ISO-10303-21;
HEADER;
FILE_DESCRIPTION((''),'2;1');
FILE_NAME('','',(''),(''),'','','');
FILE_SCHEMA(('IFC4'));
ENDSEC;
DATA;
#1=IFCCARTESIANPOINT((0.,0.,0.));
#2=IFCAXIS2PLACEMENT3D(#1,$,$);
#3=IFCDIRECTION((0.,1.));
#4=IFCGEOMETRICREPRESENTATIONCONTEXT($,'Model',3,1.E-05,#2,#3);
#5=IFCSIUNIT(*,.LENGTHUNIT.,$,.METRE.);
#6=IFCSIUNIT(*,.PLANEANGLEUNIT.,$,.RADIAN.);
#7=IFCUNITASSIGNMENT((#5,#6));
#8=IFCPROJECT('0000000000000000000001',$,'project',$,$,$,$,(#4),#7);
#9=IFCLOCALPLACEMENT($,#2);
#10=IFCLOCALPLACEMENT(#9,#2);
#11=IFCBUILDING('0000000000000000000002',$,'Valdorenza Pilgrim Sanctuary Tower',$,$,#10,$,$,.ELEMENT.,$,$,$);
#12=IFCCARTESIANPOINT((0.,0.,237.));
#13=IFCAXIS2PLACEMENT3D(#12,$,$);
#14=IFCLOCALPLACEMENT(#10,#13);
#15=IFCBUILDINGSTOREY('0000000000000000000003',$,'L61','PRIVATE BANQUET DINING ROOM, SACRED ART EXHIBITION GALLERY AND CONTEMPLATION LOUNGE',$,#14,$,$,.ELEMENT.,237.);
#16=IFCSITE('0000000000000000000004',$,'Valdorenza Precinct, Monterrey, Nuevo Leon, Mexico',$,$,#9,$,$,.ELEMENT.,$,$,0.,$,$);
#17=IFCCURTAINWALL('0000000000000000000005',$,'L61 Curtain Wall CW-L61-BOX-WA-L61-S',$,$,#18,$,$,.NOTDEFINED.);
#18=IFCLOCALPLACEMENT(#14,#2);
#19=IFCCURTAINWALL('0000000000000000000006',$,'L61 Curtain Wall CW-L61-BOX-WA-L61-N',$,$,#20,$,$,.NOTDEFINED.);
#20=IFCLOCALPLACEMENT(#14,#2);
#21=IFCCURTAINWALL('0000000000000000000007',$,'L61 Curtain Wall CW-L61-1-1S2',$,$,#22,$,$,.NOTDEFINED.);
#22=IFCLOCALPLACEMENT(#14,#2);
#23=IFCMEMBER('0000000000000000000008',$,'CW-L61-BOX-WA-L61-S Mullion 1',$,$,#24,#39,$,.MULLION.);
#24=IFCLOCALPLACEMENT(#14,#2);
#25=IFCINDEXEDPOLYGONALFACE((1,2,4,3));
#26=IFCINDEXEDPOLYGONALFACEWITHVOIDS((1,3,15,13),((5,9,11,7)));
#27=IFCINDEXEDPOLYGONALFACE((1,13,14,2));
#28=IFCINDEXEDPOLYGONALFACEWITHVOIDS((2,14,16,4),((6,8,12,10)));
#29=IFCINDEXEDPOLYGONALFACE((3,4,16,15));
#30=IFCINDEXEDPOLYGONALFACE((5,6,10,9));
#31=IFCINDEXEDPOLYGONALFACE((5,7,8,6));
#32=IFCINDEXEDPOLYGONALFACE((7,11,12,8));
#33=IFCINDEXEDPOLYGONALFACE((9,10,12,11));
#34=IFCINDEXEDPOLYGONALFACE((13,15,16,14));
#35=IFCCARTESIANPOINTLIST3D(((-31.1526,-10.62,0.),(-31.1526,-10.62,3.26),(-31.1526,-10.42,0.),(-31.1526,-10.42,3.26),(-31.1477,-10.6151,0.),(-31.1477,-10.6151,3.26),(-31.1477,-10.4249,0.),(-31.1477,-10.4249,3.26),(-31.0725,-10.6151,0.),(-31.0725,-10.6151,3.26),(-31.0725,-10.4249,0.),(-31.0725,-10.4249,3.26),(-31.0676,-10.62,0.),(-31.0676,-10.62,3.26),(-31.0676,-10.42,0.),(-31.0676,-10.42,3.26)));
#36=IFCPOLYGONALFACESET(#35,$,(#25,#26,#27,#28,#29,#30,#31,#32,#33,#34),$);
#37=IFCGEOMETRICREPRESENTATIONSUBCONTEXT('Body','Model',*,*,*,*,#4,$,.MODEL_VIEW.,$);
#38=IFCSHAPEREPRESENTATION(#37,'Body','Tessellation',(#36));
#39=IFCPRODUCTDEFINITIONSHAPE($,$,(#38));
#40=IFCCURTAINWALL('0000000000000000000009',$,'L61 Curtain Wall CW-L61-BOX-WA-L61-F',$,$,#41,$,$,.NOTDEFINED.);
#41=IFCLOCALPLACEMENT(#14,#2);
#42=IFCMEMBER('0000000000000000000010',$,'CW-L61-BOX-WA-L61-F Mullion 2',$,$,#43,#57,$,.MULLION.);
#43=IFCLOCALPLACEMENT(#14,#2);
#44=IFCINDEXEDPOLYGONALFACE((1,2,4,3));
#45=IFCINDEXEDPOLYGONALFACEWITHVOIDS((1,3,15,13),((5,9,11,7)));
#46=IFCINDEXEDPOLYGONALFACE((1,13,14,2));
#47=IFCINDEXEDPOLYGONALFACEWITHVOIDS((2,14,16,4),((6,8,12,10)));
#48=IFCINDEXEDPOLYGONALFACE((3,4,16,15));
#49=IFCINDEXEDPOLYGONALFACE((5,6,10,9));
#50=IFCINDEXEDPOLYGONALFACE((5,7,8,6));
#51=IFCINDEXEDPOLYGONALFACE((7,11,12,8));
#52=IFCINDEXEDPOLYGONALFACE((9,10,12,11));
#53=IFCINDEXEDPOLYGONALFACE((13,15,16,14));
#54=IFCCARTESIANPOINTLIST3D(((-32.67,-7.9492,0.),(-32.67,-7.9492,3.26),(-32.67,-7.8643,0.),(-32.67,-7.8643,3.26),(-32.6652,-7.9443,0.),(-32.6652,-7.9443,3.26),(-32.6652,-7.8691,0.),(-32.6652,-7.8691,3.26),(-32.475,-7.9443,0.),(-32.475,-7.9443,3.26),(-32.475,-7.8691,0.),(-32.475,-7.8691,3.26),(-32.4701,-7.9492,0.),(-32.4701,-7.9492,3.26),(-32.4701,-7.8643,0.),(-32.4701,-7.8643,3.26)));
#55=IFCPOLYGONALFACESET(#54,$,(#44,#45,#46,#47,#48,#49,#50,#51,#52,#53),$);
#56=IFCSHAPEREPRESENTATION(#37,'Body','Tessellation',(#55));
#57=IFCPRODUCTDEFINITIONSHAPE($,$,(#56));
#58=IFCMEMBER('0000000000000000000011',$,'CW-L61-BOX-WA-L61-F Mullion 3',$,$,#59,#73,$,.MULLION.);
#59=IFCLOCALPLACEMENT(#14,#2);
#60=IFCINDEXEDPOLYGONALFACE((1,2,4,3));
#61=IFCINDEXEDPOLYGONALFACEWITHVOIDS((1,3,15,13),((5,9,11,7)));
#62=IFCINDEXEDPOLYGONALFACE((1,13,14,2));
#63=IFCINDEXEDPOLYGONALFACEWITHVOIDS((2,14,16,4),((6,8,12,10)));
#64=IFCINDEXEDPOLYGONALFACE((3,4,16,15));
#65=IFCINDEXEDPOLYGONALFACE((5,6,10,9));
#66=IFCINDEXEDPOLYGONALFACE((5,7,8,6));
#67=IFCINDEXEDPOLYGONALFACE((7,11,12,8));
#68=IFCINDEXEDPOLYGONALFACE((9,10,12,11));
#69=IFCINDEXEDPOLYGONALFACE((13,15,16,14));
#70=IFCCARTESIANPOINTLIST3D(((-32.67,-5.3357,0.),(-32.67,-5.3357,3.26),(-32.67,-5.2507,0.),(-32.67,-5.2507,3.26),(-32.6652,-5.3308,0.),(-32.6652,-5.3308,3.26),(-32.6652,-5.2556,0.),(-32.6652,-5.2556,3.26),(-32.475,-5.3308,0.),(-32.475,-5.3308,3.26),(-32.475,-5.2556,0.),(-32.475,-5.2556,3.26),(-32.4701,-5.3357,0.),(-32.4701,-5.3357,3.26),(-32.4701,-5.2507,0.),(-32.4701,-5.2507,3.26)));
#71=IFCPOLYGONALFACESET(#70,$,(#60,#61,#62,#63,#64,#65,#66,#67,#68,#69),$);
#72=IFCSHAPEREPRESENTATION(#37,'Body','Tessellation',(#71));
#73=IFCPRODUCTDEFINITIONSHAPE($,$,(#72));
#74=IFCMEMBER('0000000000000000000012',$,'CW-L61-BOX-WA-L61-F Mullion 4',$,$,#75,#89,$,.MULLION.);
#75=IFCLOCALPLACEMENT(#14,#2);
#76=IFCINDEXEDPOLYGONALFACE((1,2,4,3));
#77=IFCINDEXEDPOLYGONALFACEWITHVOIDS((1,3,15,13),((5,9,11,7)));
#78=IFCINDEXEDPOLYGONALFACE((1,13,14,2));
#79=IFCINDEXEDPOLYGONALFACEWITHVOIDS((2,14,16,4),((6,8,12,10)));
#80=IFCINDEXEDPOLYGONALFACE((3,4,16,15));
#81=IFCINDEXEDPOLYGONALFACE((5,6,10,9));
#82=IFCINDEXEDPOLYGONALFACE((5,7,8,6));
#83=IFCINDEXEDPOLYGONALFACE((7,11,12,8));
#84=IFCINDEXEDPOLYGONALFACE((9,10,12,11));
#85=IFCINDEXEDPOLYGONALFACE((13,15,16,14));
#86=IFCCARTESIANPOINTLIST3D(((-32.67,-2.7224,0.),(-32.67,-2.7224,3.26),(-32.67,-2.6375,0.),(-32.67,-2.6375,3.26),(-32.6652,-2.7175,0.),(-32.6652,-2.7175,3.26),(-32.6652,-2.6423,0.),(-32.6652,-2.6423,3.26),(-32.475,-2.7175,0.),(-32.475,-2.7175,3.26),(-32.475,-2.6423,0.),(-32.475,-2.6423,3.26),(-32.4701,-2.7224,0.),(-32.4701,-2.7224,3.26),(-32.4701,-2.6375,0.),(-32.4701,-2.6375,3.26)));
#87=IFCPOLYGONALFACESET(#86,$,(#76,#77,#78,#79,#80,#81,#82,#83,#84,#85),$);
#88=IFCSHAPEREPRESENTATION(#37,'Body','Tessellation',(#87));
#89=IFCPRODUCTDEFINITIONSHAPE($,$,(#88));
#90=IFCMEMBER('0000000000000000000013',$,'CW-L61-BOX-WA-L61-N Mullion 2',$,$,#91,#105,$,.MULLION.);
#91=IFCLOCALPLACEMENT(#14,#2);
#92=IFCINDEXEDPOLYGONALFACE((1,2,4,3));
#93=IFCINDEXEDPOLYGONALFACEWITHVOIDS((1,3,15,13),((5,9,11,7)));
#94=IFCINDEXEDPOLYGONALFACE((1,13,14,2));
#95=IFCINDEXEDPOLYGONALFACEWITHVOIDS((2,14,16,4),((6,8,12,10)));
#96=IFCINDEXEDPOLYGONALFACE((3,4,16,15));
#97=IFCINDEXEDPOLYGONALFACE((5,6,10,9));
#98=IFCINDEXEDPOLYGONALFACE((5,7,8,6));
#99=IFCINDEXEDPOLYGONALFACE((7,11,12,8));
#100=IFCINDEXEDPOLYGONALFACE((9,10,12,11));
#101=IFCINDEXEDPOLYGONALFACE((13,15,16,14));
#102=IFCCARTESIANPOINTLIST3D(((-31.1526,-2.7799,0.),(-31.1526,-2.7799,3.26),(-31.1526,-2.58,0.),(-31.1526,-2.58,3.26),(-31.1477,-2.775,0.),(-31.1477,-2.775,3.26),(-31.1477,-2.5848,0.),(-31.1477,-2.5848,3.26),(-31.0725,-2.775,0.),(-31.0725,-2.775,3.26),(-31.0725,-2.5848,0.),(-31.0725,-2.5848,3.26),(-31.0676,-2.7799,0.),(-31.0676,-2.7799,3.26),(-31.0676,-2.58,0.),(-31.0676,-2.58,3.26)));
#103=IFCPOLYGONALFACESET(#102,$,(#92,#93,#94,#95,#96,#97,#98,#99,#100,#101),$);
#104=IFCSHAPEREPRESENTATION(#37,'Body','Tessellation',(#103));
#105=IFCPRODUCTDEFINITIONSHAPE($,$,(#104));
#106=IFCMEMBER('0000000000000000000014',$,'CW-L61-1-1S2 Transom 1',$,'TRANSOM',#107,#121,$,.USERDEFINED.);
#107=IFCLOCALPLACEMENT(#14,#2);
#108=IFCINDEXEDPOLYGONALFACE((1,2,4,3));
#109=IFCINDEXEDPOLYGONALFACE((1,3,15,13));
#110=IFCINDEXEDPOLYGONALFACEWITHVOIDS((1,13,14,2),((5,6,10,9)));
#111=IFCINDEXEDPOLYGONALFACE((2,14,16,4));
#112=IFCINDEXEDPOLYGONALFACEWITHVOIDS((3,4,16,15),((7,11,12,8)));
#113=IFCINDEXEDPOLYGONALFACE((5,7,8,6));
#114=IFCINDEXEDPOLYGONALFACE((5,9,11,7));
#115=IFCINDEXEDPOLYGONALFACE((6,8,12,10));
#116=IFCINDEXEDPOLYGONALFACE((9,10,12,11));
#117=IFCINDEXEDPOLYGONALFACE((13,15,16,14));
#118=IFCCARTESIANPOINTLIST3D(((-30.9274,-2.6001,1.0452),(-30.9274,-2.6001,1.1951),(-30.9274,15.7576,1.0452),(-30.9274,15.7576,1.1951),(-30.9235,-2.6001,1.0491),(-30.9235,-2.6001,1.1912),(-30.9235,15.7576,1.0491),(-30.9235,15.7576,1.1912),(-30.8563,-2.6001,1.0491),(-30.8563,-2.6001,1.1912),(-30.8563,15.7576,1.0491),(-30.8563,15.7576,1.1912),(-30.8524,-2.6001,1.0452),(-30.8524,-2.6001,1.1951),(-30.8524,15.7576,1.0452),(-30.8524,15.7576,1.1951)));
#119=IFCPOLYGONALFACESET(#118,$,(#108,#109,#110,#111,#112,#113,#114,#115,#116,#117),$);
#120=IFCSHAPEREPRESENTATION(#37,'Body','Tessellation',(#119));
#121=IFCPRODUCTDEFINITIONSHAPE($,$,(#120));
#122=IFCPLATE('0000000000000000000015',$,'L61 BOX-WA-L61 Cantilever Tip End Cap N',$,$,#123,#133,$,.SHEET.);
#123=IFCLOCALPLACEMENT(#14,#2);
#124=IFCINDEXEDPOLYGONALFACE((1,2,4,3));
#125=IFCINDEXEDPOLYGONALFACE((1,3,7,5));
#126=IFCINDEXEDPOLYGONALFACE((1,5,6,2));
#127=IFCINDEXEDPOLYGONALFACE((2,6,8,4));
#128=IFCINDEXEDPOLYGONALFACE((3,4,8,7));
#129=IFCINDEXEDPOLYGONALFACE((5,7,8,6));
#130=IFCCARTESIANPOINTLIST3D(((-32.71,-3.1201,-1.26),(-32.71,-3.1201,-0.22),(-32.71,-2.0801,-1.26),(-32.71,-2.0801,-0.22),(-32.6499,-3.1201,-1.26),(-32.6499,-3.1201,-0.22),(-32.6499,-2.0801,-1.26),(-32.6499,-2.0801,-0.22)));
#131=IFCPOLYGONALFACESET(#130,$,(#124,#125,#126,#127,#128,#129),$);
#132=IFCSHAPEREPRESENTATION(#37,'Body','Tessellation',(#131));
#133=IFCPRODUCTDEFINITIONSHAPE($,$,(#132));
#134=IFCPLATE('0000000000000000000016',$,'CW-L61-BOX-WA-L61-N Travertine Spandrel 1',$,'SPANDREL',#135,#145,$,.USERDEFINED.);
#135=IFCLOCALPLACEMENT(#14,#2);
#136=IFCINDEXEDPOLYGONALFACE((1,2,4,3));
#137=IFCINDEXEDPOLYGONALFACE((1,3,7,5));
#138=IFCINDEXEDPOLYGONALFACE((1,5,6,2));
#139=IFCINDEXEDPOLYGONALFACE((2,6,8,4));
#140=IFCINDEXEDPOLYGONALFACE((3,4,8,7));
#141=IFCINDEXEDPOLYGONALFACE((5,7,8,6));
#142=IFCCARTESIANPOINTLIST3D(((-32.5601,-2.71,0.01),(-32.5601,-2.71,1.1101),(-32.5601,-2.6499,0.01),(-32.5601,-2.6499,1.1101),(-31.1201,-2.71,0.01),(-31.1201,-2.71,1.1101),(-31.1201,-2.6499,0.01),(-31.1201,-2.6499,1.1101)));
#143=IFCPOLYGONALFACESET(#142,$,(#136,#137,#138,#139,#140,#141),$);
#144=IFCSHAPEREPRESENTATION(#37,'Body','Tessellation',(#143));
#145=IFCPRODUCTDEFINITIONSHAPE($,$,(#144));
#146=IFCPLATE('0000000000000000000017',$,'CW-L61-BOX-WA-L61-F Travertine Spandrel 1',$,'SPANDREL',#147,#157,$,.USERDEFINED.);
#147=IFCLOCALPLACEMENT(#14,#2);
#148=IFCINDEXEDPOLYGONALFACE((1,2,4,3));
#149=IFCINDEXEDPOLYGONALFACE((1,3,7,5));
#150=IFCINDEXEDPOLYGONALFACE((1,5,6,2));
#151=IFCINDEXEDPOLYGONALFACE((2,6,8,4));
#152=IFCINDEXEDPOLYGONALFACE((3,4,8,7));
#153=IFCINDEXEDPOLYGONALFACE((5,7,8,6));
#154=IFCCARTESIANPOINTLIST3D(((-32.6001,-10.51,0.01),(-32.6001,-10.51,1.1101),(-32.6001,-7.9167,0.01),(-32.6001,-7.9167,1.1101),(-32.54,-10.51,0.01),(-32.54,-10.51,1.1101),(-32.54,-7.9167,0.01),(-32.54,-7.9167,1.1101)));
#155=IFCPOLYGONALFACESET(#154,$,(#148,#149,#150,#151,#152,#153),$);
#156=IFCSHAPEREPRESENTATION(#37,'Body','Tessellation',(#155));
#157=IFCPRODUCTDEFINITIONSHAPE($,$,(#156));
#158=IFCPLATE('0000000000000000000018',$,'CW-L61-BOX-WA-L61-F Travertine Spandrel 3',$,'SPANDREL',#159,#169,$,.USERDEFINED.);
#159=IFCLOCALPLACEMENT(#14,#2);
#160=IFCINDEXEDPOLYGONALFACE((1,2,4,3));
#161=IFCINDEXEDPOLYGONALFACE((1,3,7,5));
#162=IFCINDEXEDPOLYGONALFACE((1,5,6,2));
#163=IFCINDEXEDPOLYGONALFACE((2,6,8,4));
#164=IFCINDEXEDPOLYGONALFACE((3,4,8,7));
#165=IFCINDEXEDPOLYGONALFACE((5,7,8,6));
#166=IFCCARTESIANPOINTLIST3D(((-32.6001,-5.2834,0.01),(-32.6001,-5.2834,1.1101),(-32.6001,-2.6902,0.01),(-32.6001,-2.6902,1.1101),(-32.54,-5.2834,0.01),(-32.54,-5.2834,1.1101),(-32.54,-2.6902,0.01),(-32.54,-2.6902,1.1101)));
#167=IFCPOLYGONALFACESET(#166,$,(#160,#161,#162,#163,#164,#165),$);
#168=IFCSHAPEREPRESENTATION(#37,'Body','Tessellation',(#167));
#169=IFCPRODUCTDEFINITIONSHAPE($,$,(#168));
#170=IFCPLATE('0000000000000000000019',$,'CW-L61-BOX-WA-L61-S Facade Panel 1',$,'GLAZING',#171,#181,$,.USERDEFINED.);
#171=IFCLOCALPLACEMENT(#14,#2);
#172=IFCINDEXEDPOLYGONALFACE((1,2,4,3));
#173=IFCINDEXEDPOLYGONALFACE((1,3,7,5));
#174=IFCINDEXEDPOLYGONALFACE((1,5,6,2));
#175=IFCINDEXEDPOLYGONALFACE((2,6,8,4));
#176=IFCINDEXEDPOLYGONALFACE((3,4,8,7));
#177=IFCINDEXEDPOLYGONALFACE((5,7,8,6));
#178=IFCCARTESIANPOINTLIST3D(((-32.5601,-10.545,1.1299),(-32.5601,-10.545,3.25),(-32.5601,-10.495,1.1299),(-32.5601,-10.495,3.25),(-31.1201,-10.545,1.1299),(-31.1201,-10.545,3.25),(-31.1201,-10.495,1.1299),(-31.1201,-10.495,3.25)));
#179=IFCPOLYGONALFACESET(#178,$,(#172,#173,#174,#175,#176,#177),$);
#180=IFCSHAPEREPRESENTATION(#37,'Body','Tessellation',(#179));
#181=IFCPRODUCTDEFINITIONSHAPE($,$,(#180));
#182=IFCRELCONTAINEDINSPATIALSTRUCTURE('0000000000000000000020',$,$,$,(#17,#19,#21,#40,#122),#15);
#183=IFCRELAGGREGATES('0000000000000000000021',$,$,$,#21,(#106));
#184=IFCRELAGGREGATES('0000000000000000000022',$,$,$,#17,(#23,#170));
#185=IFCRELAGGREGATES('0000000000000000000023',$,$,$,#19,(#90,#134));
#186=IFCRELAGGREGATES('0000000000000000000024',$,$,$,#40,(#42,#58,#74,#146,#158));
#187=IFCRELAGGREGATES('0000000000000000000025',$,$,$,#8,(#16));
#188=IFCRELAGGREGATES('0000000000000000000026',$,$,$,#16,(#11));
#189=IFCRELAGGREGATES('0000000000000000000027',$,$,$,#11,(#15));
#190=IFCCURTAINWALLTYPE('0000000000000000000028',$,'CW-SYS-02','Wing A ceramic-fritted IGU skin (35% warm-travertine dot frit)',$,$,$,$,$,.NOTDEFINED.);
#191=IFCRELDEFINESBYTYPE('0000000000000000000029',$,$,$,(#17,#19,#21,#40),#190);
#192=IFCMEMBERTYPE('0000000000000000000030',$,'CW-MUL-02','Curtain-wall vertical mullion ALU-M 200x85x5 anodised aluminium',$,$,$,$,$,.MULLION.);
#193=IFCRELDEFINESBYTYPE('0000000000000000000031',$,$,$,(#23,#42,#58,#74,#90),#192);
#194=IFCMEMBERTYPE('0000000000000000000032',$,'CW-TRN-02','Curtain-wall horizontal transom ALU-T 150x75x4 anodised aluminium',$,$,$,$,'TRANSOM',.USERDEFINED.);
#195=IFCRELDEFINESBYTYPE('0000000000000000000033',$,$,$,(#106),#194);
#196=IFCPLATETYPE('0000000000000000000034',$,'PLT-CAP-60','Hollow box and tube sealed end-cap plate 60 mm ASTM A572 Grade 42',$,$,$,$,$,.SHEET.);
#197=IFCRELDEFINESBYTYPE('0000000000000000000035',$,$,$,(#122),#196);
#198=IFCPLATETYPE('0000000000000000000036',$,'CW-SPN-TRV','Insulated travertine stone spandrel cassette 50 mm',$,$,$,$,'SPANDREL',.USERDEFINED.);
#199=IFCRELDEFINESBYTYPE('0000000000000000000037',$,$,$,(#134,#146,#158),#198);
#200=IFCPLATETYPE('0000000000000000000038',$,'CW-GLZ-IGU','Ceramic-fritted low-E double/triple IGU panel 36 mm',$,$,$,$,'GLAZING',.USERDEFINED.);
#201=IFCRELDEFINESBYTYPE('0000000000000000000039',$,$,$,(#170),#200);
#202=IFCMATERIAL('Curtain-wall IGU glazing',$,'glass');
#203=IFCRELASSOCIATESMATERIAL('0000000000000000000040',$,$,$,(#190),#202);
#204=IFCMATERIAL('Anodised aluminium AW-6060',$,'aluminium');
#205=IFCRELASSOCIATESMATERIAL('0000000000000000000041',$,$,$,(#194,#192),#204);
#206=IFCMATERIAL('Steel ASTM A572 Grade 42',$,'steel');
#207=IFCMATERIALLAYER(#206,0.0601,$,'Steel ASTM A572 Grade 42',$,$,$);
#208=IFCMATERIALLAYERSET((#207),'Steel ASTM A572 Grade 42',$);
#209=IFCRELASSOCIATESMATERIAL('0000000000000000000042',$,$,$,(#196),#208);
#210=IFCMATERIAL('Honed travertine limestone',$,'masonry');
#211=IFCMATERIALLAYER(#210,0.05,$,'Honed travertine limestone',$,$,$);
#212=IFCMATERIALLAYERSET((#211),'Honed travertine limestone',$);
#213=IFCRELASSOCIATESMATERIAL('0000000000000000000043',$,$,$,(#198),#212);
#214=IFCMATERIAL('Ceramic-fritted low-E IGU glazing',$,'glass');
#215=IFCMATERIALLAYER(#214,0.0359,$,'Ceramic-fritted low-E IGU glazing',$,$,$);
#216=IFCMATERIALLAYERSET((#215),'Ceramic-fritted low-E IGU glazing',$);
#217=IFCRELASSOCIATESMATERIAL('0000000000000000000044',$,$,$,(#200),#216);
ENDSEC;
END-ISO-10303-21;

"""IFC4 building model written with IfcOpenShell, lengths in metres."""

from ifc_helpers import new_model, si_unit, direction, frame, origin, origin_2d, place, context, subcontext, project, spatial, rectangle, hollow_rectangle, extrude, source, transform, mapped, material, layer, layer_set, material_profile, profile_set, type_object, element, aggregate, save


model = new_model("IFC4")

# Units and contexts
model_context = context("Model", 3, precision=1e-05, world=origin(), true_north=direction((0.0, 1.0)))
body_context = subcontext(model_context, "Body", "Model", "MODEL_VIEW")
ifc_project = project(units=[si_unit("LENGTHUNIT", "METRE"), si_unit("PLANEANGLEUNIT", "RADIAN")], contexts=[model_context])

# Site, building, storey
site_placement = place(None, origin())
site = spatial("IfcSite", under=ifc_project, at=site_placement, Name="Valdorenza Precinct, Monterrey, Nuevo Leon, Mexico", CompositionType="ELEMENT", RefElevation=0.0)
building_placement = place(site_placement, origin())
building = spatial("IfcBuilding", under=site, at=building_placement, Name="Valdorenza Pilgrim Sanctuary Tower", CompositionType="ELEMENT")
storey_placement = place(building_placement, frame((0.0, 0.0, 237.0)))
storey = spatial("IfcBuildingStorey", under=building, at=storey_placement, Name="L61", Description="PRIVATE BANQUET DINING ROOM, SACRED ART EXHIBITION GALLERY AND CONTEMPLATION LOUNGE", CompositionType="ELEMENT", Elevation=237.0)

# Shared definitions
ifc_material_1 = material(Name="Steel ASTM A572 Grade 42", Category="steel")

# Curtain walls
ifc_material_2 = material(Name="Curtain-wall IGU glazing", Category="glass")
curtain_wall_type = type_object("IfcCurtainWallType", Name="CW-SYS-02", Description="Wing A ceramic-fritted IGU skin (35% warm-travertine dot frit)", PredefinedType="NOTDEFINED", material=ifc_material_2)
curtain_wall_1_placement = place(storey_placement, origin())
curtain_wall_1 = element("IfcCurtainWall", 1, at=curtain_wall_1_placement, inside=storey, type_object=curtain_wall_type, Name="L61 Curtain Wall CW-L61-BOX-WA-L61-S", PredefinedType="NOTDEFINED")
ifc_material_3 = material(Name="Anodised aluminium AW-6060", Category="aluminium")
ifc_material_profile_1 = material_profile(ifc_material_3, hollow_rectangle(XDim=0.075, YDim=0.1499, WallThickness=0.0039, at=origin_2d()), Name="ALU-T 150x75x4")
ifc_profile_set_1 = profile_set([ifc_material_profile_1], Name="Anodised aluminium AW-6060")
member_type_1 = type_object("IfcMemberType", Name="CW-TRN-02", Description="Curtain-wall horizontal transom ALU-T 150x75x4 anodised aluminium", ElementType="TRANSOM", PredefinedType="USERDEFINED", material=ifc_profile_set_1)
curtain_wall_2_placement = place(storey_placement, origin())
curtain_wall_2 = element("IfcCurtainWall", 2, at=curtain_wall_2_placement, inside=storey, type_object=curtain_wall_type, Name="L61 Curtain Wall CW-L61-BOX-WA-L61-N", PredefinedType="NOTDEFINED")
curtain_wall_3_placement = place(storey_placement, origin())
curtain_wall_3 = element("IfcCurtainWall", 3, at=curtain_wall_3_placement, inside=storey, type_object=curtain_wall_type, Name="L61 Curtain Wall CW-L61-1-1S2", PredefinedType="NOTDEFINED")
ifc_material_profile_2 = material_profile(ifc_material_3, hollow_rectangle(XDim=0.085, YDim=0.2, WallThickness=0.0049, at=origin_2d()), Name="ALU-M 200x85x5")
ifc_profile_set_2 = profile_set([ifc_material_profile_2], Name="Anodised aluminium AW-6060")
member_type_2 = type_object("IfcMemberType", Name="CW-MUL-02", Description="Curtain-wall vertical mullion ALU-M 200x85x5 anodised aluminium", PredefinedType="MULLION", material=ifc_profile_set_2)
shared_shape_1 = source(origin(), body_context, "Body", "SweptSolid", [
    extrude(hollow_rectangle(XDim=0.085, YDim=0.2, WallThickness=0.0049, at=origin_2d()), origin(), (0.0, 0.0, 1.0), 3.26),
])

# Member
member_1_placement = place(storey_placement, frame((-31.1101, -10.52, 0.0), z_axis=(0.0, 0.0, 1.0), x_axis=(-1.0, 0.0, 0.0)))
member_1 = element("IfcMember", 4, at=member_1_placement, type_object=member_type_2, Name="CW-L61-BOX-WA-L61-S Mullion 1", PredefinedType="MULLION", context=body_context, shape_type="MappedRepresentation", body=[
    mapped(shared_shape_1, transform((0.0, 0.0, 0.0), x_axis=(1.0, 0.0, 0.0), y_axis=(0.0, 1.0, 0.0), z_axis=(0.0, 0.0, 1.0), scale=1.0)),
])

# Curtain wall, members
curtain_wall_4_placement = place(storey_placement, origin())
curtain_wall_4 = element("IfcCurtainWall", 5, at=curtain_wall_4_placement, inside=storey, type_object=curtain_wall_type, Name="L61 Curtain Wall CW-L61-BOX-WA-L61-F", PredefinedType="NOTDEFINED")
member_2_placement = place(storey_placement, frame((-32.5701, -7.9067, 0.0), z_axis=(0.0, 0.0, 1.0), x_axis=(0.0, 1.0, 0.0)))
member_2 = element("IfcMember", 6, at=member_2_placement, type_object=member_type_2, Name="CW-L61-BOX-WA-L61-F Mullion 2", PredefinedType="MULLION", context=body_context, shape_type="MappedRepresentation", body=[
    mapped(shared_shape_1, transform((0.0, 0.0, 0.0), x_axis=(1.0, 0.0, 0.0), y_axis=(0.0, 1.0, 0.0), z_axis=(0.0, 0.0, 1.0), scale=1.0)),
])
member_3_placement = place(storey_placement, frame((-32.5701, -5.2932, 0.0), z_axis=(0.0, 0.0, 1.0), x_axis=(0.0, 1.0, 0.0)))
member_3 = element("IfcMember", 7, at=member_3_placement, type_object=member_type_2, Name="CW-L61-BOX-WA-L61-F Mullion 3", PredefinedType="MULLION", context=body_context, shape_type="MappedRepresentation", body=[
    mapped(shared_shape_1, transform((0.0, 0.0, 0.0), x_axis=(1.0, 0.0, 0.0), y_axis=(0.0, 1.0, 0.0), z_axis=(0.0, 0.0, 1.0), scale=1.0)),
])
member_4_placement = place(storey_placement, frame((-32.5701, -2.6799, 0.0), z_axis=(0.0, 0.0, 1.0), x_axis=(0.0, 1.0, 0.0)))
member_4 = element("IfcMember", 8, at=member_4_placement, type_object=member_type_2, Name="CW-L61-BOX-WA-L61-F Mullion 4", PredefinedType="MULLION", context=body_context, shape_type="MappedRepresentation", body=[
    mapped(shared_shape_1, transform((0.0, 0.0, 0.0), x_axis=(1.0, 0.0, 0.0), y_axis=(0.0, 1.0, 0.0), z_axis=(0.0, 0.0, 1.0), scale=1.0)),
])

# Members
member_5_placement = place(storey_placement, frame((-31.1101, -2.6799, 0.0), z_axis=(0.0, 0.0, 1.0), x_axis=(1.0, 0.0, 0.0)))
member_5 = element("IfcMember", 9, at=member_5_placement, type_object=member_type_2, Name="CW-L61-BOX-WA-L61-N Mullion 2", PredefinedType="MULLION", context=body_context, shape_type="MappedRepresentation", body=[
    mapped(shared_shape_1, transform((0.0, 0.0, 0.0), x_axis=(1.0, 0.0, 0.0), y_axis=(0.0, 1.0, 0.0), z_axis=(0.0, 0.0, 1.0), scale=1.0)),
])
shared_shape_2 = source(origin(), body_context, "Body", "SweptSolid", [
    extrude(hollow_rectangle(XDim=0.075, YDim=0.1499, WallThickness=0.0039, at=origin_2d()), origin(), (0.0, 0.0, 1.0), 18.3577),
])
member_6_placement = place(storey_placement, frame((-30.8899, -2.6001, 1.1201), z_axis=(0.0, 1.0, 0.0), x_axis=(-1.0, 0.0, 0.0)))
member_6 = element("IfcMember", 10, at=member_6_placement, type_object=member_type_1, Name="CW-L61-1-1S2 Transom 1", ObjectType="TRANSOM", PredefinedType="USERDEFINED", context=body_context, shape_type="MappedRepresentation", body=[
    mapped(shared_shape_2, transform((0.0, 0.0, 0.0), x_axis=(1.0, 0.0, 0.0), y_axis=(0.0, 1.0, 0.0), z_axis=(0.0, 0.0, 1.0), scale=1.0)),
])
aggregate(curtain_wall_3, [member_6])

# Plates
ifc_layer_1 = layer(ifc_material_1, 0.0601, Name="Steel ASTM A572 Grade 42")
ifc_layer_set_1 = layer_set([ifc_layer_1], Name="Steel ASTM A572 Grade 42")
plate_type_1 = type_object("IfcPlateType", Name="PLT-CAP-60", Description="Hollow box and tube sealed end-cap plate 60 mm ASTM A572 Grade 42", PredefinedType="SHEET", material=ifc_layer_set_1)
shared_shape_3 = source(origin(), body_context, "Body", "SweptSolid", [
    extrude(rectangle(XDim=0.0601, YDim=1.04, at=origin_2d()), origin(), (0.0, 0.0, 1.0), 1.04),
])
plate_1_placement = place(storey_placement, frame((-32.6799, -2.6001, -1.26), z_axis=(0.0, 0.0, 1.0), x_axis=(1.0, 0.0, 0.0)))
element("IfcPlate", 11, at=plate_1_placement, inside=storey, type_object=plate_type_1, Name="L61 BOX-WA-L61 Cantilever Tip End Cap N", PredefinedType="SHEET", context=body_context, shape_type="MappedRepresentation", body=[
    mapped(shared_shape_3, transform((0.0, 0.0, 0.0), x_axis=(1.0, 0.0, 0.0), y_axis=(0.0, 1.0, 0.0), z_axis=(0.0, 0.0, 1.0), scale=1.0)),
])
ifc_material_4 = material(Name="Honed travertine limestone", Category="masonry")
ifc_layer_2 = layer(ifc_material_4, 0.05, Name="Honed travertine limestone")
ifc_layer_set_2 = layer_set([ifc_layer_2], Name="Honed travertine limestone")
plate_type_2 = type_object("IfcPlateType", Name="CW-SPN-TRV", Description="Insulated travertine stone spandrel cassette 50 mm", ElementType="SPANDREL", PredefinedType="USERDEFINED", material=ifc_layer_set_2)
shared_shape_4 = source(origin(), body_context, "Body", "SweptSolid", [
    extrude(rectangle(XDim=1.4399, YDim=0.0601, at=origin_2d()), origin(), (0.0, 0.0, 1.0), 1.1001),
])
plate_2_placement = place(storey_placement, frame((-31.8401, -2.6799, 0.01), z_axis=(0.0, 0.0, 1.0), x_axis=(1.0, 0.0, 0.0)))
plate_2 = element("IfcPlate", 12, at=plate_2_placement, type_object=plate_type_2, Name="CW-L61-BOX-WA-L61-N Travertine Spandrel 1", ObjectType="SPANDREL", PredefinedType="USERDEFINED", context=body_context, shape_type="MappedRepresentation", body=[
    mapped(shared_shape_4, transform((0.0, 0.0, 0.0), x_axis=(1.0, 0.0, 0.0), y_axis=(0.0, 1.0, 0.0), z_axis=(0.0, 0.0, 1.0), scale=1.0)),
])
shared_shape_5 = source(origin(), body_context, "Body", "SweptSolid", [
    extrude(rectangle(XDim=2.5933, YDim=0.0601, at=origin_2d()), origin(), (0.0, 0.0, 1.0), 1.1001),
])
plate_3_placement = place(storey_placement, frame((-32.5701, -9.2134, 0.01), z_axis=(0.0, 0.0, 1.0), x_axis=(0.0, 1.0, 0.0)))
plate_3 = element("IfcPlate", 13, at=plate_3_placement, type_object=plate_type_2, Name="CW-L61-BOX-WA-L61-F Travertine Spandrel 1", ObjectType="SPANDREL", PredefinedType="USERDEFINED", context=body_context, shape_type="MappedRepresentation", body=[
    mapped(shared_shape_5, transform((0.0, 0.0, 0.0), x_axis=(1.0, 0.0, 0.0), y_axis=(0.0, 1.0, 0.0), z_axis=(0.0, 0.0, 1.0), scale=1.0)),
])
plate_4_placement = place(storey_placement, frame((-32.5701, -3.9868, 0.01), z_axis=(0.0, 0.0, 1.0), x_axis=(0.0, 1.0, 0.0)))
plate_4 = element("IfcPlate", 14, at=plate_4_placement, type_object=plate_type_2, Name="CW-L61-BOX-WA-L61-F Travertine Spandrel 3", ObjectType="SPANDREL", PredefinedType="USERDEFINED", context=body_context, shape_type="MappedRepresentation", body=[
    mapped(shared_shape_5, transform((0.0, 0.0, 0.0), x_axis=(1.0, 0.0, 0.0), y_axis=(0.0, 1.0, 0.0), z_axis=(0.0, 0.0, 1.0), scale=1.0)),
])
ifc_material_5 = material(Name="Ceramic-fritted low-E IGU glazing", Category="glass")
ifc_layer_3 = layer(ifc_material_5, 0.0359, Name="Ceramic-fritted low-E IGU glazing")
ifc_layer_set_3 = layer_set([ifc_layer_3], Name="Ceramic-fritted low-E IGU glazing")
plate_type_3 = type_object("IfcPlateType", Name="CW-GLZ-IGU", Description="Ceramic-fritted low-E double/triple IGU panel 36 mm", ElementType="GLAZING", PredefinedType="USERDEFINED", material=ifc_layer_set_3)
shared_shape_6 = source(origin(), body_context, "Body", "SweptSolid", [
    extrude(rectangle(XDim=1.4399, YDim=0.05, at=origin_2d()), origin(), (0.0, 0.0, 1.0), 2.1201),
])
plate_5_placement = place(storey_placement, frame((-31.8401, -10.52, 1.1299), z_axis=(0.0, 0.0, 1.0), x_axis=(-1.0, 0.0, 0.0)))
plate_5 = element("IfcPlate", 15, at=plate_5_placement, type_object=plate_type_3, Name="CW-L61-BOX-WA-L61-S Facade Panel 1", ObjectType="GLAZING", PredefinedType="USERDEFINED", context=body_context, shape_type="MappedRepresentation", body=[
    mapped(shared_shape_6, transform((0.0, 0.0, 0.0), x_axis=(1.0, 0.0, 0.0), y_axis=(0.0, 1.0, 0.0), z_axis=(0.0, 0.0, 1.0), scale=1.0)),
])
aggregate(curtain_wall_1, [member_1, plate_5])
aggregate(curtain_wall_2, [member_5, plate_2])
aggregate(curtain_wall_4, [member_2, member_3, member_4, plate_3, plate_4])

save(model, "model.ifc")
